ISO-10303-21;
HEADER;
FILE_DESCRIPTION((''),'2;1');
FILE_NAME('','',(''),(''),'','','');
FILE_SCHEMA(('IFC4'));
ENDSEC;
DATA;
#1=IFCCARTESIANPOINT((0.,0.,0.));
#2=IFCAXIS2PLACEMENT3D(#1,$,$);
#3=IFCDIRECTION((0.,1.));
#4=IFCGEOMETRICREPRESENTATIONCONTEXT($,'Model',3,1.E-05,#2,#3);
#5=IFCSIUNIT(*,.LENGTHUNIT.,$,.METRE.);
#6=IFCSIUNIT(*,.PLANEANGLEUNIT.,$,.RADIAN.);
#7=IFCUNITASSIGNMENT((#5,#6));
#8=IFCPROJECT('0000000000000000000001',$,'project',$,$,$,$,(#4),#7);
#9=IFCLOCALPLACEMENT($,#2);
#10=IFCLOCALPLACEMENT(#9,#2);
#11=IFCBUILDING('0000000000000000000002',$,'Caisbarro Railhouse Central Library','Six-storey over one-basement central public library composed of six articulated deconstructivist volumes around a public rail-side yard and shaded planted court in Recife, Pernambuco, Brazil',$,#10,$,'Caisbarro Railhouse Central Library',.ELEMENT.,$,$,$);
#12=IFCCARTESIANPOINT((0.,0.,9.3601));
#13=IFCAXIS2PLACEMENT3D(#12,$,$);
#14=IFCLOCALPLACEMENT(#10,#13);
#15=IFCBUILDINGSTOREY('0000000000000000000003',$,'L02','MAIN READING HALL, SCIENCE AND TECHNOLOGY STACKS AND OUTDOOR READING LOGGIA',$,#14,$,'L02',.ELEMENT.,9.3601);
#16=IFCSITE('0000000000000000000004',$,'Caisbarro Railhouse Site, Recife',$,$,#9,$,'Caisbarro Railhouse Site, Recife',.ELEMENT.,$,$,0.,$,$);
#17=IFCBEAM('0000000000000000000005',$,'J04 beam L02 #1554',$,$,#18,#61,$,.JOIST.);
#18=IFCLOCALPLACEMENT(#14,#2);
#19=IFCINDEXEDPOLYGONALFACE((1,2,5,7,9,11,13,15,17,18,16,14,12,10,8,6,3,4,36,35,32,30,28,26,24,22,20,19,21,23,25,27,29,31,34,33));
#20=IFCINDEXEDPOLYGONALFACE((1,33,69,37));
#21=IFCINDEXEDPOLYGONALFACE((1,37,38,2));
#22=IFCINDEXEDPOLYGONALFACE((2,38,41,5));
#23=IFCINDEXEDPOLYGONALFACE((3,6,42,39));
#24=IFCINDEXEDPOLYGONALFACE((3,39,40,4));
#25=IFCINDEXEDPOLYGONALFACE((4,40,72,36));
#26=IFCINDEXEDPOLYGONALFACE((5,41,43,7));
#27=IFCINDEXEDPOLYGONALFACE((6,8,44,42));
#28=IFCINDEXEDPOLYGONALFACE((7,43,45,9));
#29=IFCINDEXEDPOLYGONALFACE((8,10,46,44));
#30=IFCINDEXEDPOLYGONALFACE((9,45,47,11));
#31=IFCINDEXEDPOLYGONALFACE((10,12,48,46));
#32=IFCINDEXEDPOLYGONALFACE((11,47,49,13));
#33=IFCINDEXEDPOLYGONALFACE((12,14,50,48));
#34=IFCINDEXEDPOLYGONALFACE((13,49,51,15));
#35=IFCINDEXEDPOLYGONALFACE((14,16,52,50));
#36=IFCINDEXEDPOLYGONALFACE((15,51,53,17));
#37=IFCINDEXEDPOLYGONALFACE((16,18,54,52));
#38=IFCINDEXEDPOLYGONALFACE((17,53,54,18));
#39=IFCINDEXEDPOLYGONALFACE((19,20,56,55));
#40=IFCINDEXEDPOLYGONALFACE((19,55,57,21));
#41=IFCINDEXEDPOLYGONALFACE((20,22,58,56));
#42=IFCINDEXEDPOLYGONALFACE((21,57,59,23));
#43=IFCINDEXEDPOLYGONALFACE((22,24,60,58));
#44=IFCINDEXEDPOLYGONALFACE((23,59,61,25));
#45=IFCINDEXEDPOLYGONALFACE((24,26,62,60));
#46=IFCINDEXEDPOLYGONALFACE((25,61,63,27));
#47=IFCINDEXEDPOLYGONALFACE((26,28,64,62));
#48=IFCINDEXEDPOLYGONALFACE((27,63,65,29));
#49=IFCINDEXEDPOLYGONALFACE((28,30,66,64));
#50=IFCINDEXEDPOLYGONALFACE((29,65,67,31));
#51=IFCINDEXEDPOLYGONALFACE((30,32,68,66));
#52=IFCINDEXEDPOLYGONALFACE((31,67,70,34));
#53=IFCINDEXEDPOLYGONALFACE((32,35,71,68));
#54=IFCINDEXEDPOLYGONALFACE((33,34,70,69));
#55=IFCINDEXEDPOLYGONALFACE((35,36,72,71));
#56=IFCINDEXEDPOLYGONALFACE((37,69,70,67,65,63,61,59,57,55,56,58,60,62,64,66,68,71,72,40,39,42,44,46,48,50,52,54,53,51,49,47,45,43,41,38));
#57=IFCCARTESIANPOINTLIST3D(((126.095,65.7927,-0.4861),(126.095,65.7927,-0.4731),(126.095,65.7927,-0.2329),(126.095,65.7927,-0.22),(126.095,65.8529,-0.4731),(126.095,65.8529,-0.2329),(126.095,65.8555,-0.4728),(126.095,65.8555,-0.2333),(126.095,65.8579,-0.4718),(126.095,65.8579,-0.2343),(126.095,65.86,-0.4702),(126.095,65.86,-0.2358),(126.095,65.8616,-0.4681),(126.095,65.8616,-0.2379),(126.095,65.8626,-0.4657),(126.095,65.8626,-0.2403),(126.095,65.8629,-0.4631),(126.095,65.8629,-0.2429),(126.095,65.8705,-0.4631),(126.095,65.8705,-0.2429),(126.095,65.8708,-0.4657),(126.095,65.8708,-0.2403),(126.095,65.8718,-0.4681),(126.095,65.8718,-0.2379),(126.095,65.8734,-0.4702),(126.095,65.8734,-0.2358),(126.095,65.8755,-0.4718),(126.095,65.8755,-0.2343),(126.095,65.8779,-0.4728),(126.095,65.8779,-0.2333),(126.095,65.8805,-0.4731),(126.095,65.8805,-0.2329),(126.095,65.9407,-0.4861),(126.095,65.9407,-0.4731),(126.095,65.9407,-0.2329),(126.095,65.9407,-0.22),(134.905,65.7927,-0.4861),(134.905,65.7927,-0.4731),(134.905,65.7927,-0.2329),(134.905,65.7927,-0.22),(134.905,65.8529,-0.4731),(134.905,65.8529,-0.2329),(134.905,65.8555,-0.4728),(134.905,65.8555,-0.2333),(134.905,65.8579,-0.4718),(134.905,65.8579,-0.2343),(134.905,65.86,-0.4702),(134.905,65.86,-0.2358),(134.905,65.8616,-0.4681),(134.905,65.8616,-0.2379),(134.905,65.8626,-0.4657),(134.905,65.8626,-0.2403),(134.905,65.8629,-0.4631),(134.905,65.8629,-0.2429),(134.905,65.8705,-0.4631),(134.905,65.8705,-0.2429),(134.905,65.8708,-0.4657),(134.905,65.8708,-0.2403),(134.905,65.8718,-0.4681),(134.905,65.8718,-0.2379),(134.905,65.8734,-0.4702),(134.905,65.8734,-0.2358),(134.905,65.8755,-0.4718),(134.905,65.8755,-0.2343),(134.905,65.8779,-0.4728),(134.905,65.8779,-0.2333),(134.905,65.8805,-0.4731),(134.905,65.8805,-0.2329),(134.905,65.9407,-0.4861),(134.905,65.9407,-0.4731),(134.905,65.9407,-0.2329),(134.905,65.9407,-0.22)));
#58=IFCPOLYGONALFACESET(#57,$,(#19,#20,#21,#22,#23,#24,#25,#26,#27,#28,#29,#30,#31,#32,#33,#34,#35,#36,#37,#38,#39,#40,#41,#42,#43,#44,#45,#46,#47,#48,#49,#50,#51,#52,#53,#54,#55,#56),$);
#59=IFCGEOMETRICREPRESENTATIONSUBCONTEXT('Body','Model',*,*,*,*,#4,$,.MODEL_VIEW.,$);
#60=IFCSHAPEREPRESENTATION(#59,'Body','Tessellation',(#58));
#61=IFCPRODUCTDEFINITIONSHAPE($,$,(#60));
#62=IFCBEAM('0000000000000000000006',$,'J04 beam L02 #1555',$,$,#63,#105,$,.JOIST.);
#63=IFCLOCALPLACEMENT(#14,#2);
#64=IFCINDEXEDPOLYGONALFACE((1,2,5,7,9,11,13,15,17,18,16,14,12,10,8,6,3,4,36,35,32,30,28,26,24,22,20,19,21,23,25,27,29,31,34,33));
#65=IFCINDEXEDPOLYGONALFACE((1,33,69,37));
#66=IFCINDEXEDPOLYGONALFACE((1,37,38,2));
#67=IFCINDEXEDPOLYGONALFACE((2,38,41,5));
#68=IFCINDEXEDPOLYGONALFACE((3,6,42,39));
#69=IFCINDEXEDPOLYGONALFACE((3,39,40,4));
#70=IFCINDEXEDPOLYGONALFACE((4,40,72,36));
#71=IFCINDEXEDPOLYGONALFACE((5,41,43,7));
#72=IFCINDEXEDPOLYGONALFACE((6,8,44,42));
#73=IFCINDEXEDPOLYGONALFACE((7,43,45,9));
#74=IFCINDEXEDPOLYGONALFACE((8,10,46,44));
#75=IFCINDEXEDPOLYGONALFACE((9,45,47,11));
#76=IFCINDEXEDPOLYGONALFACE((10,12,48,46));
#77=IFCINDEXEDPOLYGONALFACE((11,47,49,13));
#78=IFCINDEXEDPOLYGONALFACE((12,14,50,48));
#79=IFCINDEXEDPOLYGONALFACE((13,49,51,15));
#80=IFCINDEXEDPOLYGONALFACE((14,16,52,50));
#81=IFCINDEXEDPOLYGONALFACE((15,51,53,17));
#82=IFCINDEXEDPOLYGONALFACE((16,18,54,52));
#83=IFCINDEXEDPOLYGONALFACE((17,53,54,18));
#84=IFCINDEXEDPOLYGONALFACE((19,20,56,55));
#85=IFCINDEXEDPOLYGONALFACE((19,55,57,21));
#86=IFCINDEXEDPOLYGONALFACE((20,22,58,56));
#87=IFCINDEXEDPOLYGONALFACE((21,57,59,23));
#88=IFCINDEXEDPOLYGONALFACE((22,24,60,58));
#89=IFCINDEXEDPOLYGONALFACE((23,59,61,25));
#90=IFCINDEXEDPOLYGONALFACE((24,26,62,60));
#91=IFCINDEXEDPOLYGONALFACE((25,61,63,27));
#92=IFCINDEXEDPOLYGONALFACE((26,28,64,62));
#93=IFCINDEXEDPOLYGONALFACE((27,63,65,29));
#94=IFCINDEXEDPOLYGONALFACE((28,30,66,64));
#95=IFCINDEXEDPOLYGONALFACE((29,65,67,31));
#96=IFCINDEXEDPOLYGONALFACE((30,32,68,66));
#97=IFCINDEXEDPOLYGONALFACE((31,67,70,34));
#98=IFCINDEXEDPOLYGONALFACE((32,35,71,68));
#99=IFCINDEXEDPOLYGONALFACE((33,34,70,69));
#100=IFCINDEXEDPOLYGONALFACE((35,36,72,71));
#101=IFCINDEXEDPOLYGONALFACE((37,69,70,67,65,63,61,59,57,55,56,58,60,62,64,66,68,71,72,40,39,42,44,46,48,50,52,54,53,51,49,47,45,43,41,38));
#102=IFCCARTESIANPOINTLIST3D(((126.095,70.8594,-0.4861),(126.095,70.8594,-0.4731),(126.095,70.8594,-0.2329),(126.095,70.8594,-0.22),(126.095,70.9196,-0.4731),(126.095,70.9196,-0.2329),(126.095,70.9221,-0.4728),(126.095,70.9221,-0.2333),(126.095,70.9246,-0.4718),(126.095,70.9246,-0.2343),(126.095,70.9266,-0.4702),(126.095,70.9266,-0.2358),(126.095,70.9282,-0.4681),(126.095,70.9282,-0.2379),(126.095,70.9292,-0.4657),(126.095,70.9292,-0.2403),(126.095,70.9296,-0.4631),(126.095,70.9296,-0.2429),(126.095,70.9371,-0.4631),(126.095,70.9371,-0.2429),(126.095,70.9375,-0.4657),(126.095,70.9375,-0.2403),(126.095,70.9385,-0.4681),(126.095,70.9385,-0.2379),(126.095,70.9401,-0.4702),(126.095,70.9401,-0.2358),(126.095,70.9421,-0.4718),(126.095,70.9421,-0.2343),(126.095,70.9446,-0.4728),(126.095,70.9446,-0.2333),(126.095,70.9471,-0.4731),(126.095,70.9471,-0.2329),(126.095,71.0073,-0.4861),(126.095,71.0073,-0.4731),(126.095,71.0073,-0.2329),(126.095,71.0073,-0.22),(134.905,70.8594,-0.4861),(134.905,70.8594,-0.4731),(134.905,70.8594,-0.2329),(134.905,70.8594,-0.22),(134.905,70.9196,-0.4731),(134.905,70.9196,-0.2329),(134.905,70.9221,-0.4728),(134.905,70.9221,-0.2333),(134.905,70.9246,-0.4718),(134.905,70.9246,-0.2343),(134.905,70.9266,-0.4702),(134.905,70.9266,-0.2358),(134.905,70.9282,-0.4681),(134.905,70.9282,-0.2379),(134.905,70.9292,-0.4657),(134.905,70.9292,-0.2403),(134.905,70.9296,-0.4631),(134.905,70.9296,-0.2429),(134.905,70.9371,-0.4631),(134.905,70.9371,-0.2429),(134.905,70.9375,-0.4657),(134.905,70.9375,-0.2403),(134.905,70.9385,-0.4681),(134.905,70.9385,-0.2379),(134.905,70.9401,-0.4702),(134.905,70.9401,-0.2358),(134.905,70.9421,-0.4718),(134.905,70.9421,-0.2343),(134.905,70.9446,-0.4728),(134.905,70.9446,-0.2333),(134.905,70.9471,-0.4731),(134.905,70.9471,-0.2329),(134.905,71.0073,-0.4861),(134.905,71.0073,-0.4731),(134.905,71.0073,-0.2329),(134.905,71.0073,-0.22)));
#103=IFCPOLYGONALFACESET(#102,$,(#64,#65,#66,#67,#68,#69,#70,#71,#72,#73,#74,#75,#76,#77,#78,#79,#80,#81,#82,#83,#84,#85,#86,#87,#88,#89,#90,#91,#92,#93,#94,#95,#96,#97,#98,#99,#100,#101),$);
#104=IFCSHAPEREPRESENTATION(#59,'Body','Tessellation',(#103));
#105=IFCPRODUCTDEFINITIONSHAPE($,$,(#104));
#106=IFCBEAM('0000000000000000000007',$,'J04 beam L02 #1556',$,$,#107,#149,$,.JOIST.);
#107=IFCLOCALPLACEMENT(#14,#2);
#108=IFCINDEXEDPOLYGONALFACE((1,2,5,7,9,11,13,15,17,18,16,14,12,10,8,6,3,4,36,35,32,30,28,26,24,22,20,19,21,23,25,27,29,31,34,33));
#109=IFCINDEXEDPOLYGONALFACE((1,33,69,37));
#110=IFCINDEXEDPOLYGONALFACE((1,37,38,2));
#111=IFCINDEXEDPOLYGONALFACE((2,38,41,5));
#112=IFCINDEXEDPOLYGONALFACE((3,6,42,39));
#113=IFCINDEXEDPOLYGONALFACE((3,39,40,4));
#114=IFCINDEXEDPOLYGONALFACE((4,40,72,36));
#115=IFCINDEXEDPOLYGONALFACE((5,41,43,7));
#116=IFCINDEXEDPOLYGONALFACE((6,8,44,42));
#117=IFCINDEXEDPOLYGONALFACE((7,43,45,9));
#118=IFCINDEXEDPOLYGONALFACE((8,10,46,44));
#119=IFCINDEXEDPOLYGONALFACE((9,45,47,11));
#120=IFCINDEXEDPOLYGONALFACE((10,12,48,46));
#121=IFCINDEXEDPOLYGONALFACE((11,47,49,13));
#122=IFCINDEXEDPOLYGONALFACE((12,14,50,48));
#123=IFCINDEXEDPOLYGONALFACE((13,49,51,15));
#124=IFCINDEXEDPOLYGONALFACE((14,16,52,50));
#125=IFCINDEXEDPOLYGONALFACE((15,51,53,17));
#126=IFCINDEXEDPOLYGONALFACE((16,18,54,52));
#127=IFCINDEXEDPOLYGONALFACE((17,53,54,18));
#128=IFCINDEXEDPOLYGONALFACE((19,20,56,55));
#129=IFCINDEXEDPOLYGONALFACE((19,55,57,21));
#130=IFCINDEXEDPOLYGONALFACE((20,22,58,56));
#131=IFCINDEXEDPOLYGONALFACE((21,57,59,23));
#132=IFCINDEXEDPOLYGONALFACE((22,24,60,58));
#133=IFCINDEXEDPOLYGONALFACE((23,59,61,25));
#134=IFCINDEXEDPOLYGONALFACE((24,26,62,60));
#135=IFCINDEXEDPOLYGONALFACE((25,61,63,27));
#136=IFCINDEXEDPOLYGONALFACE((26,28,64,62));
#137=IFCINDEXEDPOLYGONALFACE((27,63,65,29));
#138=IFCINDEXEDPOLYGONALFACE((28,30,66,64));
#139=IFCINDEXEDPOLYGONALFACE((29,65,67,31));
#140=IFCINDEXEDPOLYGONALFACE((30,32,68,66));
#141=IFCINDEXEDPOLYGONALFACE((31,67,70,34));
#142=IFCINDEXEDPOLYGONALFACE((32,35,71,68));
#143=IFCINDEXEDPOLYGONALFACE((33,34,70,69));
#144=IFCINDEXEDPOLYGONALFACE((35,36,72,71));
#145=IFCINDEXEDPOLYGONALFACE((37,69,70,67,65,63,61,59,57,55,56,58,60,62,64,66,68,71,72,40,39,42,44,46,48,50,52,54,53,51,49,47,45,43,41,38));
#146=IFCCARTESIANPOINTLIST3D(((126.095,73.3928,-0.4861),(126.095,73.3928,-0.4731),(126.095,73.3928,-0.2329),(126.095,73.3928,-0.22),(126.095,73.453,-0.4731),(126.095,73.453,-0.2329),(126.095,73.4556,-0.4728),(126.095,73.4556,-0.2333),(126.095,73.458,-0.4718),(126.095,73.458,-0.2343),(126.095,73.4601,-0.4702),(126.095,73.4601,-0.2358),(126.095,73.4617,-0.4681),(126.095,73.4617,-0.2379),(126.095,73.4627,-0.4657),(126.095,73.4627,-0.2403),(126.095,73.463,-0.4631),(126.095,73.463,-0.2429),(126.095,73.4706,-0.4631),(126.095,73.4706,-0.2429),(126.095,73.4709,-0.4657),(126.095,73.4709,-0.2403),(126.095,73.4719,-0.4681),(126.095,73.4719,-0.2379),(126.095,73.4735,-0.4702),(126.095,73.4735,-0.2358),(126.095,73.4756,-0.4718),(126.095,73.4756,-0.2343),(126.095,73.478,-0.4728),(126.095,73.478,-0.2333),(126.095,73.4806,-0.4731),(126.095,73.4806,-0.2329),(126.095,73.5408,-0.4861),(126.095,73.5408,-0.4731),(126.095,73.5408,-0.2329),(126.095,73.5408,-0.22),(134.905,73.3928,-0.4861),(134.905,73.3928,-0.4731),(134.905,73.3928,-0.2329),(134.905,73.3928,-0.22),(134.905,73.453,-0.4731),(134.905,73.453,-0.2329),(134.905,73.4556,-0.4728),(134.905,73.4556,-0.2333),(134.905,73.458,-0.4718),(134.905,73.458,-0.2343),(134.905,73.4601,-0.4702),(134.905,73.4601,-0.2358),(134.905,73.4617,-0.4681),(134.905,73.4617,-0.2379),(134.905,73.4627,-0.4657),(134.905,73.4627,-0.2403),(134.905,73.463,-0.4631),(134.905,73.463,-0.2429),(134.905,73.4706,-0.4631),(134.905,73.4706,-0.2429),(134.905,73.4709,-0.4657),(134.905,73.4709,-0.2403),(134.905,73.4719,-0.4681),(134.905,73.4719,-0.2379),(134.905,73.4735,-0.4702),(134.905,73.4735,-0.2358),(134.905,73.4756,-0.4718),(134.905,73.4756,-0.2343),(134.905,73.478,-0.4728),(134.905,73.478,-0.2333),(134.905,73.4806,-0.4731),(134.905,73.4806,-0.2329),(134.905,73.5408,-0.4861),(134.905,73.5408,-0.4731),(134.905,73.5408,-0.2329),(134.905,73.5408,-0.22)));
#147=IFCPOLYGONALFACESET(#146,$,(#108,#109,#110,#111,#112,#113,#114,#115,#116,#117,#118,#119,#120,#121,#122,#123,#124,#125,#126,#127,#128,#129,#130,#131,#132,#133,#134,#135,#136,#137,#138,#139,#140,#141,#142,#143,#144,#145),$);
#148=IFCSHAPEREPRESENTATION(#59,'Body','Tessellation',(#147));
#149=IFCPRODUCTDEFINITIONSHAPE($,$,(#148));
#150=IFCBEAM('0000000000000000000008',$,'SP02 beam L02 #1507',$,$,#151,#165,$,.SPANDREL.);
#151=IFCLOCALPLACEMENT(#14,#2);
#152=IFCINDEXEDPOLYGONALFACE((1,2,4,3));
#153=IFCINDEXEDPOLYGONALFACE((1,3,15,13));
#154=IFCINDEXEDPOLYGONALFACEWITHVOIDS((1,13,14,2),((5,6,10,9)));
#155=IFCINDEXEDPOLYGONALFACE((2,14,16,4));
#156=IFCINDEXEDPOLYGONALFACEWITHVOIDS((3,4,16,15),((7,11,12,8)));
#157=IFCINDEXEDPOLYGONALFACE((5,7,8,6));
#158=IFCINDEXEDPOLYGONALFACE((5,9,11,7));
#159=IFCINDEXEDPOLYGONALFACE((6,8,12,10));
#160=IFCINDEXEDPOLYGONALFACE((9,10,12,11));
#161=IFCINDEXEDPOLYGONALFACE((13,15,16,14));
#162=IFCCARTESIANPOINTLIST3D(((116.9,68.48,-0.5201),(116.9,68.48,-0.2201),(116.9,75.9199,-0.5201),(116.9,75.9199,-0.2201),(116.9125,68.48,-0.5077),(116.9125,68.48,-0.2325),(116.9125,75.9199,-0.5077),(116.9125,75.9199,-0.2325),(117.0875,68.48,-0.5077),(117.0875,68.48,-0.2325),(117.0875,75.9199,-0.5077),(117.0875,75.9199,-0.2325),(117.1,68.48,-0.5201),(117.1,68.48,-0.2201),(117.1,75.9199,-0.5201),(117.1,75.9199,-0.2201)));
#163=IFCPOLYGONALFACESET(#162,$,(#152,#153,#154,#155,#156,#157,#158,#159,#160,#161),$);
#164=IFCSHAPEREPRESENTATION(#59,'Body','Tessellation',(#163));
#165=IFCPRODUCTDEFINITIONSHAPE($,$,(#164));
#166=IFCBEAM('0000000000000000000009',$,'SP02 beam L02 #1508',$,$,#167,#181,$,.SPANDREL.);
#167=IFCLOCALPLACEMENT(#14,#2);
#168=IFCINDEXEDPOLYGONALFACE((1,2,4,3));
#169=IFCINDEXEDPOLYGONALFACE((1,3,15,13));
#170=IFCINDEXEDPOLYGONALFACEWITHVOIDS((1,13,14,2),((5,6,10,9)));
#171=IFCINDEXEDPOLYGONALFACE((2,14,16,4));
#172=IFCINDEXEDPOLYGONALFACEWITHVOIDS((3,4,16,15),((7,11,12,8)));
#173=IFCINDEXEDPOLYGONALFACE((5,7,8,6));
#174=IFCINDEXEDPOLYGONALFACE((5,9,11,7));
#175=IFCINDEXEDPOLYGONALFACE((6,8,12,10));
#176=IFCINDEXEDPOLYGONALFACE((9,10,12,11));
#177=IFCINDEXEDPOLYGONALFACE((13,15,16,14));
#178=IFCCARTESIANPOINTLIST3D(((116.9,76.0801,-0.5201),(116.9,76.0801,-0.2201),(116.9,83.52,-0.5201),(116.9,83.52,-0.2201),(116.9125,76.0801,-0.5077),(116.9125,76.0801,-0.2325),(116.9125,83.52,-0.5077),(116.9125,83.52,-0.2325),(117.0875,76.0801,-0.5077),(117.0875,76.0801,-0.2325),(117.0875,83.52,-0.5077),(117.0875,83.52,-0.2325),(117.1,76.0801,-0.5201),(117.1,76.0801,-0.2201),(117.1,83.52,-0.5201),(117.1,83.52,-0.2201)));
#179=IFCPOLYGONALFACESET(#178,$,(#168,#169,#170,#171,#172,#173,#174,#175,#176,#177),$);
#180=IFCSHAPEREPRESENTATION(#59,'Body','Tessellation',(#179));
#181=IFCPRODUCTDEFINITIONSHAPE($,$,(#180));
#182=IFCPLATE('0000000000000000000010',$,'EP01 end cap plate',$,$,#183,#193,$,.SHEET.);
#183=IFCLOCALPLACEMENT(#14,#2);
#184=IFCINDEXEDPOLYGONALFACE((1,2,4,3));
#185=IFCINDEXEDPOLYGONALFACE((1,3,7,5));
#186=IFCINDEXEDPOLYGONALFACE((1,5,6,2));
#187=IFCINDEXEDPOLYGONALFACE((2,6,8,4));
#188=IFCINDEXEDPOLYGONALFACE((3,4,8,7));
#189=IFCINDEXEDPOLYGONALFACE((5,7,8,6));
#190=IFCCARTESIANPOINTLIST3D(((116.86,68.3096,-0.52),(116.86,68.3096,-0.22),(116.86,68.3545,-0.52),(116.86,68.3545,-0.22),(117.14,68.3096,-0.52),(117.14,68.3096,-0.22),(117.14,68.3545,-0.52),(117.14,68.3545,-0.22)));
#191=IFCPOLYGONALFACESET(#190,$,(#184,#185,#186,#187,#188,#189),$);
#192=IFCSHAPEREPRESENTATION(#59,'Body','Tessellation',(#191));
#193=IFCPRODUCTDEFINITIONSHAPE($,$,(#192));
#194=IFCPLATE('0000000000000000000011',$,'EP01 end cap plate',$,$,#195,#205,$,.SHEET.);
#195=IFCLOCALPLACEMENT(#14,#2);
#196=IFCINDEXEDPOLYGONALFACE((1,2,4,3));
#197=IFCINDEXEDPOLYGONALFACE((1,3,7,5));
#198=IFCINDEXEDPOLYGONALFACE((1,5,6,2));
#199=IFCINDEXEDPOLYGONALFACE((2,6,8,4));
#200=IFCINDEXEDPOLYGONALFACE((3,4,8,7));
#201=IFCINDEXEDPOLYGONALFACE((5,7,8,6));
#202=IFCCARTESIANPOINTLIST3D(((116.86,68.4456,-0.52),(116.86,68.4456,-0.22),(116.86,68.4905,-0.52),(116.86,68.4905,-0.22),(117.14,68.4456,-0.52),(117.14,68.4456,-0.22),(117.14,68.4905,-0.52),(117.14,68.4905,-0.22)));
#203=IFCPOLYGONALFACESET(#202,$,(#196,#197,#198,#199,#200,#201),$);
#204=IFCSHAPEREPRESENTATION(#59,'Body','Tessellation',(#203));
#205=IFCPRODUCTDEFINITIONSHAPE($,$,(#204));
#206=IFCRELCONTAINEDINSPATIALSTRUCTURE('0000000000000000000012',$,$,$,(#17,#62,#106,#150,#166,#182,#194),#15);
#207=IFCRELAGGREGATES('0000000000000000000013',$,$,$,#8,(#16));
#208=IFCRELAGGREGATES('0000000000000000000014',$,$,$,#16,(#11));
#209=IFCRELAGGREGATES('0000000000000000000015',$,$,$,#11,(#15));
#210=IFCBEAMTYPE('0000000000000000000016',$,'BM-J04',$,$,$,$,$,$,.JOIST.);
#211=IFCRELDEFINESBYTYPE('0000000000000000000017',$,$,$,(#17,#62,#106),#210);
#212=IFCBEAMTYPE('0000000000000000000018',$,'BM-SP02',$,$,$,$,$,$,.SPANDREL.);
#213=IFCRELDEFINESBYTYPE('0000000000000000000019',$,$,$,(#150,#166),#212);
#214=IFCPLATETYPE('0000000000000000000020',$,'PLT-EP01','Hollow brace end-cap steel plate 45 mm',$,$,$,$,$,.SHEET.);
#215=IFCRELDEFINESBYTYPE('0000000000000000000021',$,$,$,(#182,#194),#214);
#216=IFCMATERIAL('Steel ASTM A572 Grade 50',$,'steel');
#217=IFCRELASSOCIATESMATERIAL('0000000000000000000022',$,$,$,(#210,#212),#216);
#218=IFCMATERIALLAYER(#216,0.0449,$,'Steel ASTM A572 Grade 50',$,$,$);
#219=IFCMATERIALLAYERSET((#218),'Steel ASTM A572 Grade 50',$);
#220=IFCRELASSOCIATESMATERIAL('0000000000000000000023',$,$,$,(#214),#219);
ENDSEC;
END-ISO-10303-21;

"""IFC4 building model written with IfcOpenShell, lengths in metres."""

from ifc_helpers import new_model, si_unit, direction, frame, origin, origin_2d, place, context, subcontext, project, spatial, rectangle, hollow_rectangle, i_section, extrude, material, layer, layer_set, material_profile, profile_set, type_object, element, save


model = new_model("IFC4")

# Units and contexts
model_context = context("Model", 3, precision=1e-05, world=origin(), true_north=direction((0.0, 1.0)))
body_context = subcontext(model_context, "Body", "Model", "MODEL_VIEW")
ifc_project = project(units=[si_unit("LENGTHUNIT", "METRE"), si_unit("PLANEANGLEUNIT", "RADIAN")], contexts=[model_context])

# Site, building, storey
site_placement = place(None, origin())
site = spatial("IfcSite", under=ifc_project, at=site_placement, Name="Caisbarro Railhouse Site, Recife", LongName="Caisbarro Railhouse Site, Recife", CompositionType="ELEMENT", RefElevation=0.0)
building_placement = place(site_placement, origin())
building = spatial("IfcBuilding", under=site, at=building_placement, Name="Caisbarro Railhouse Central Library", Description="Six-storey over one-basement central public library composed of six articulated deconstructivist volumes around a public rail-side yard and shaded planted court in Recife, Pernambuco, Brazil", LongName="Caisbarro Railhouse Central Library", CompositionType="ELEMENT")
storey_placement = place(building_placement, frame((0.0, 0.0, 9.3601)))
storey = spatial("IfcBuildingStorey", under=building, at=storey_placement, Name="L02", Description="MAIN READING HALL, SCIENCE AND TECHNOLOGY STACKS AND OUTDOOR READING LOGGIA", LongName="L02", CompositionType="ELEMENT", Elevation=9.3601)

# Shared definitions
ifc_material_1 = material(Name="Steel ASTM A572 Grade 50", Category="steel")

# Beams
ifc_material_profile_1 = material_profile(ifc_material_1, i_section(OverallWidth=0.1479, OverallDepth=0.2661, WebThickness=0.0076, FlangeThickness=0.0129, FilletRadius=0.01, at=origin_2d()), Name="W250X44.8")
ifc_profile_set_1 = profile_set([ifc_material_profile_1], Name="Steel ASTM A572 Grade 50")
beam_type_1 = type_object("IfcBeamType", Name="BM-J04", PredefinedType="JOIST", material=ifc_profile_set_1)
for number, where, z_axis, x_axis, name in (
    (1, (126.095, 65.8667, -0.353), (1.0, 0.0, 0.0), (0.0, 1.0, 0.0), "J04 beam L02 #1554"),
    (2, (126.095, 70.9333, -0.353), (1.0, 0.0, 0.0), (0.0, 1.0, 0.0), "J04 beam L02 #1555"),
    (3, (126.095, 73.4668, -0.353), (1.0, 0.0, 0.0), (0.0, 1.0, 0.0), "J04 beam L02 #1556"),
):
    element("IfcBeam", number, at=place(storey_placement, frame(where, z_axis=z_axis, x_axis=x_axis)), inside=storey, type_object=beam_type_1, Name=name, PredefinedType="JOIST", context=body_context, shape_type="SweptSolid", body=[
        extrude(i_section(OverallWidth=0.1479, OverallDepth=0.2661, WebThickness=0.0076, FlangeThickness=0.0129, FilletRadius=0.01, at=origin_2d()), origin(), (0.0, 0.0, 1.0), 8.8101),
    ])
ifc_material_profile_2 = material_profile(ifc_material_1, hollow_rectangle(XDim=0.2, YDim=0.3, WallThickness=0.0125, at=origin_2d()), Name="HSS300X200X12.5")
ifc_profile_set_2 = profile_set([ifc_material_profile_2], Name="Steel ASTM A572 Grade 50")
beam_type_2 = type_object("IfcBeamType", Name="BM-SP02", PredefinedType="SPANDREL", material=ifc_profile_set_2)
for number, where, z_axis, x_axis, name in (
    (4, (117.0, 68.48, -0.3701), (0.0, 1.0, 0.0), (-1.0, 0.0, 0.0), "SP02 beam L02 #1507"),
    (5, (117.0, 76.0801, -0.3701), (0.0, 1.0, 0.0), (-1.0, 0.0, 0.0), "SP02 beam L02 #1508"),
):
    element("IfcBeam", number, at=place(storey_placement, frame(where, z_axis=z_axis, x_axis=x_axis)), inside=storey, type_object=beam_type_2, Name=name, PredefinedType="SPANDREL", context=body_context, shape_type="SweptSolid", body=[
        extrude(hollow_rectangle(XDim=0.2, YDim=0.3, WallThickness=0.0125, at=origin_2d()), origin(), (0.0, 0.0, 1.0), 7.4399),
    ])

# Plates
ifc_layer_1 = layer(ifc_material_1, 0.0449, Name="Steel ASTM A572 Grade 50")
ifc_layer_set_1 = layer_set([ifc_layer_1], Name="Steel ASTM A572 Grade 50")
plate_type = type_object("IfcPlateType", Name="PLT-EP01", Description="Hollow brace end-cap steel plate 45 mm", PredefinedType="SHEET", material=ifc_layer_set_1)
for number, where, z_axis, x_axis, name in (
    (6, (117.0, 68.332, -0.52), (0.0, 0.0, 1.0), (0.0, 1.0, 0.0), "EP01 end cap plate"),
    (7, (117.0, 68.468, -0.52), (0.0, 0.0, 1.0), (0.0, 1.0, 0.0), "EP01 end cap plate"),
):
    element("IfcPlate", number, at=place(storey_placement, frame(where, z_axis=z_axis, x_axis=x_axis)), inside=storey, type_object=plate_type, Name=name, PredefinedType="SHEET", context=body_context, shape_type="SweptSolid", body=[
        extrude(rectangle(XDim=0.0449, YDim=0.28, at=origin_2d()), origin(), (0.0, 0.0, 1.0), 0.3),
    ])

save(model, "model.ifc")
